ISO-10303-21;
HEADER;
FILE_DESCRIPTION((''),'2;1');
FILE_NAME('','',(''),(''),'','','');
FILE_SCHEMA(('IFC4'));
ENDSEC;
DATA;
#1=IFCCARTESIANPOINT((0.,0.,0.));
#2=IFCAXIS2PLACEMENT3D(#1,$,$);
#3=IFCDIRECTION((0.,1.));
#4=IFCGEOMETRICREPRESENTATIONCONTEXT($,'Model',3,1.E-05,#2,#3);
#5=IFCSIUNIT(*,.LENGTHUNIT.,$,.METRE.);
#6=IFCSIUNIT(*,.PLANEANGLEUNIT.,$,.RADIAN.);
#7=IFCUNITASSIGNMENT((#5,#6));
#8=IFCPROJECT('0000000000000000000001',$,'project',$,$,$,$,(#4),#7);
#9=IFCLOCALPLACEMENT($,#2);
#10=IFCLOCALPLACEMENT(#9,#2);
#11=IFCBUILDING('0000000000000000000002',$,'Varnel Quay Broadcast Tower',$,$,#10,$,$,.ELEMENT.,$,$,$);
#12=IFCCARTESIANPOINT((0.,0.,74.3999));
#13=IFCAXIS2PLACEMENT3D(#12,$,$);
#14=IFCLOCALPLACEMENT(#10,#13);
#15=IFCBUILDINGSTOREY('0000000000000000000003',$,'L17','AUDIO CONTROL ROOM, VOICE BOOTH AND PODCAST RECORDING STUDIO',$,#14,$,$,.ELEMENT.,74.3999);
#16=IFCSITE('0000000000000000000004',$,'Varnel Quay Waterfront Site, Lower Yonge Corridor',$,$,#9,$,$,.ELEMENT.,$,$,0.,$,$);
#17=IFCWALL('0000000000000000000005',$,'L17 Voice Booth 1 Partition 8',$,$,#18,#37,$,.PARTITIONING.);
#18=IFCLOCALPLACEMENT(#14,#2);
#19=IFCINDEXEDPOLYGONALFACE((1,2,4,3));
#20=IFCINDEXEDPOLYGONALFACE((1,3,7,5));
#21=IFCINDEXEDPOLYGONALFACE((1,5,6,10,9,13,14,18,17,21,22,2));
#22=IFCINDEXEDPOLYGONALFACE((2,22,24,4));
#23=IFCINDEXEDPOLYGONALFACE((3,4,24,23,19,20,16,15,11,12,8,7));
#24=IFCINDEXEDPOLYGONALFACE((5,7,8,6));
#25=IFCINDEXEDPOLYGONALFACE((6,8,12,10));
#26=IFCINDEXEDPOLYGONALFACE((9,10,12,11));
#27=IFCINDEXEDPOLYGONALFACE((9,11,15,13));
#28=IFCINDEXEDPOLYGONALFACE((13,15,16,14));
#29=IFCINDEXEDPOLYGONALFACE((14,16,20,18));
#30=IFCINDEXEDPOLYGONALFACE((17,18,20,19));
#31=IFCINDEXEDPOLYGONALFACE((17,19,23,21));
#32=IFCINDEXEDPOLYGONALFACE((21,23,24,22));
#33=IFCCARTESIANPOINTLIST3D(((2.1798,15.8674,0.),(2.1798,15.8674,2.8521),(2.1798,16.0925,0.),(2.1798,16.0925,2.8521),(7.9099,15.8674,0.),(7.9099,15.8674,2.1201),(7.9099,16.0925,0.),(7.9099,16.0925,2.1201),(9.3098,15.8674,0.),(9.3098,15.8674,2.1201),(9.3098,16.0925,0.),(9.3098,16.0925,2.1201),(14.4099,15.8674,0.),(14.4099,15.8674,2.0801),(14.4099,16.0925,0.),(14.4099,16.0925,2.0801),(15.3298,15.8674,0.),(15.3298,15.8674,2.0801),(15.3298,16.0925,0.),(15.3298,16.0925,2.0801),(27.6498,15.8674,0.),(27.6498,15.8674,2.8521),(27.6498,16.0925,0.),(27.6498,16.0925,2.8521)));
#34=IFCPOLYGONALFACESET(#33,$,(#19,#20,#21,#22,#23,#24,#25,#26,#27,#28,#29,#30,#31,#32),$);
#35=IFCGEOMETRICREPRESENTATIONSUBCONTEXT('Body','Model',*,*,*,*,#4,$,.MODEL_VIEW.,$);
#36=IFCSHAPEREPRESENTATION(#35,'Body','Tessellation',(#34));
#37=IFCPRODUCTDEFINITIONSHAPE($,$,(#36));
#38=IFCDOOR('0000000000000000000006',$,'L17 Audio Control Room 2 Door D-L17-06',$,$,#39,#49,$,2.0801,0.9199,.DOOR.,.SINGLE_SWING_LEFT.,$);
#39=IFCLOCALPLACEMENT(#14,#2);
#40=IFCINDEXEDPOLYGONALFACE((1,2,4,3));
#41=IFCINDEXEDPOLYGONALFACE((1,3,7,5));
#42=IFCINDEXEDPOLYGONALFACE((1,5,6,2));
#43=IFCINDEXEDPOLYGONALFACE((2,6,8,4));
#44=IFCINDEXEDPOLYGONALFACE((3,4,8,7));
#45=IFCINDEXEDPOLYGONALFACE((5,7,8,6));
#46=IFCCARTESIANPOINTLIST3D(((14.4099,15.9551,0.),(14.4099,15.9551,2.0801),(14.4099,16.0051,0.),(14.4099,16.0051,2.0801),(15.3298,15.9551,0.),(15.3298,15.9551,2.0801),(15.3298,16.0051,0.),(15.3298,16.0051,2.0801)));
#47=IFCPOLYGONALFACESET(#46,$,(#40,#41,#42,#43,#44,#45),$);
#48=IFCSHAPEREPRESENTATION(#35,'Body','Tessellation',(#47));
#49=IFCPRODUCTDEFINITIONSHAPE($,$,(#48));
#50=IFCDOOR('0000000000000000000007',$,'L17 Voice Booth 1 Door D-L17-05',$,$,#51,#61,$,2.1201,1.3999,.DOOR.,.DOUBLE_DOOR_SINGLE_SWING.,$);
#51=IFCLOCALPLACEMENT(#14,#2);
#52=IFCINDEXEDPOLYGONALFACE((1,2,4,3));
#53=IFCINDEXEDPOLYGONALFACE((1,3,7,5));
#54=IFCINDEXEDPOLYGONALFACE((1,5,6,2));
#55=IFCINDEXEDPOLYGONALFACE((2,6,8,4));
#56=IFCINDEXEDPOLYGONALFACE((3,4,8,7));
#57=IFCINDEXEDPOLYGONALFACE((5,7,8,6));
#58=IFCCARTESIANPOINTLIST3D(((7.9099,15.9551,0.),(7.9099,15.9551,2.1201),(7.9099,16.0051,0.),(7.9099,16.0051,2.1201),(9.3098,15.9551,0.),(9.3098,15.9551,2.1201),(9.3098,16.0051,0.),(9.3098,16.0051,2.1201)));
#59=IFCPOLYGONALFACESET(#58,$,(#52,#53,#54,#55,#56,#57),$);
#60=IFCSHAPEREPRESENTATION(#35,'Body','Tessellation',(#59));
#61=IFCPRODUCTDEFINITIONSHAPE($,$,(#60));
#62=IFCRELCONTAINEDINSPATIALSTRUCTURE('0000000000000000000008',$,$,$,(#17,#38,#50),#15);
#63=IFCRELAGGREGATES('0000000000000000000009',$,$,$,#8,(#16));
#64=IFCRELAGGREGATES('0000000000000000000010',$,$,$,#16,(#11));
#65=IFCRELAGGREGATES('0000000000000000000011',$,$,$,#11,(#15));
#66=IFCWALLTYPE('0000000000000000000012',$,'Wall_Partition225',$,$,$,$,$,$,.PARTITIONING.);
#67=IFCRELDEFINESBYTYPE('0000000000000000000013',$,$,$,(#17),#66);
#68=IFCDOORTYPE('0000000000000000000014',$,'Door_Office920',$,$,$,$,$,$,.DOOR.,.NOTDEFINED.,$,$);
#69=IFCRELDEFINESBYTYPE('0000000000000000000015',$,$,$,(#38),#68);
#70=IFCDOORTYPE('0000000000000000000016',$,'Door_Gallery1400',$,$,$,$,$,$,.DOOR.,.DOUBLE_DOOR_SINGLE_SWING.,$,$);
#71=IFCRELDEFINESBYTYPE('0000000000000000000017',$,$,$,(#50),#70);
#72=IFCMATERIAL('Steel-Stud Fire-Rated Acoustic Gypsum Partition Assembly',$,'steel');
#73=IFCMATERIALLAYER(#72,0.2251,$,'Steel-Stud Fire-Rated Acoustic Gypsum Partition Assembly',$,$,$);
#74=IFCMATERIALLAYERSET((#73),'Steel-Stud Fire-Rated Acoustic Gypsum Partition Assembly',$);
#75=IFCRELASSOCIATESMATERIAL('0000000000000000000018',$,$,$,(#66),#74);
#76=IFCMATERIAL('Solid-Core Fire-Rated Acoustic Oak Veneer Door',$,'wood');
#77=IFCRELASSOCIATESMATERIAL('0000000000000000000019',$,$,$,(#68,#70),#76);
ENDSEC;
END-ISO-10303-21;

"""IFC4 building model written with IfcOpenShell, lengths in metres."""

from ifc_helpers import new_model, si_unit, direction, frame, frame_2d, origin, place, context, subcontext, project, spatial, rectangle, extrude, source, transform, mapped, material, layer, layer_set, type_object, type_shapes, element, fill, save


model = new_model("IFC4")

# Units and contexts
model_context = context("Model", 3, precision=1e-05, world=origin(), true_north=direction((0.0, 1.0)))
body_context = subcontext(model_context, "Body", "Model", "MODEL_VIEW")
ifc_project = project(units=[si_unit("LENGTHUNIT", "METRE"), si_unit("PLANEANGLEUNIT", "RADIAN")], contexts=[model_context])

# Site, building, storey
site_placement = place(None, origin())
site = spatial("IfcSite", under=ifc_project, at=site_placement, Name="Varnel Quay Waterfront Site, Lower Yonge Corridor", CompositionType="ELEMENT", RefElevation=0.0)
building_placement = place(site_placement, origin())
building = spatial("IfcBuilding", under=site, at=building_placement, Name="Varnel Quay Broadcast Tower", CompositionType="ELEMENT")
storey_placement = place(building_placement, frame((0.0, 0.0, 74.3999)))
storey = spatial("IfcBuildingStorey", under=building, at=storey_placement, Name="L17", Description="AUDIO CONTROL ROOM, VOICE BOOTH AND PODCAST RECORDING STUDIO", CompositionType="ELEMENT", Elevation=74.3999)

# Shared definitions
ifc_material_1 = material(Name="Steel-Stud Fire-Rated Acoustic Gypsum Partition Assembly", Category="steel")
ifc_material_2 = material(Name="Solid-Core Fire-Rated Acoustic Oak Veneer Door", Category="wood")

# Wall, openings, doors
ifc_layer_1 = layer(ifc_material_1, 0.2251, Name="Steel-Stud Fire-Rated Acoustic Gypsum Partition Assembly")
ifc_layer_set_1 = layer_set([ifc_layer_1], Name="Steel-Stud Fire-Rated Acoustic Gypsum Partition Assembly")
wall_type_1 = type_object("IfcWallType", Name="Wall_Partition225", PredefinedType="PARTITIONING", material=ifc_layer_set_1)
wall_1_placement = place(storey_placement, frame((2.1799, 15.98, 0.0), z_axis=(0.0, 0.0, 1.0), x_axis=(1.0, 0.0, 0.0)))
wall_1 = element("IfcWall", 1, at=wall_1_placement, inside=storey, type_object=wall_type_1, Name="L17 Voice Booth 1 Partition 8", PredefinedType="PARTITIONING", context=body_context, shape_type="SweptSolid", body=[
    extrude(rectangle(XDim=25.47, YDim=0.2251, at=frame_2d((12.7349, 0.0))), origin(), (0.0, 0.0, 1.0), 2.8521),
])
opening_1_placement = place(wall_1_placement, frame((5.73, 0.0, 0.0)))
opening_1 = element("IfcOpeningElement", 2, at=opening_1_placement, cuts=wall_1, PredefinedType="OPENING", context=body_context, shape_type="SweptSolid", body=[
    extrude(rectangle(XDim=1.3999, YDim=2.1201, at=frame_2d((0.7, 1.0601))), frame((0.0, 0.1226, 0.0), z_axis=(0.0, -1.0, 0.0), x_axis=(1.0, 0.0, 0.0)), (0.0, 0.0, 1.0), 0.2451),
])
opening_2_placement = place(wall_1_placement, frame((12.23, 0.0, 0.0)))
opening_2 = element("IfcOpeningElement", 3, at=opening_2_placement, cuts=wall_1, PredefinedType="OPENING", context=body_context, shape_type="SweptSolid", body=[
    extrude(rectangle(XDim=0.9199, YDim=2.0801, at=frame_2d((0.46, 1.04))), frame((0.0, 0.1226, 0.0), z_axis=(0.0, -1.0, 0.0), x_axis=(1.0, 0.0, 0.0)), (0.0, 0.0, 1.0), 0.2451),
])
door_type_1 = type_object("IfcDoorType", Name="Door_Office920", OperationType="NOTDEFINED", PredefinedType="DOOR", material=ifc_material_2)
shared_shape_1 = source(origin(), body_context, "Body", "SweptSolid", [
    extrude(rectangle(XDim=0.9199, YDim=2.0801, at=frame_2d((0.46, 1.04))), frame((0.0, 0.0249, 0.0), z_axis=(0.0, -1.0, 0.0), x_axis=(1.0, 0.0, 0.0)), (0.0, 0.0, 1.0), 0.05),
])
type_shapes(door_type_1, [shared_shape_1])
door_1_placement = place(opening_2_placement, frame((0.9199, 0.0, 0.0), z_axis=(0.0, 0.0, 1.0), x_axis=(-1.0, 0.0, 0.0)))
door_1 = element("IfcDoor", 4, at=door_1_placement, inside=storey, type_object=door_type_1, Name="L17 Audio Control Room 2 Door D-L17-06", OperationType="SINGLE_SWING_LEFT", OverallHeight=2.0801, OverallWidth=0.9199, PredefinedType="DOOR", context=body_context, shape_type="MappedRepresentation", body=[
    mapped(shared_shape_1, transform((0.0, 0.0, 0.0), x_axis=(1.0, 0.0, 0.0), y_axis=(0.0, 1.0, 0.0), z_axis=(0.0, 0.0, 1.0), scale=1.0)),
])
fill(opening_2, door_1)
door_type_2 = type_object("IfcDoorType", Name="Door_Gallery1400", OperationType="DOUBLE_DOOR_SINGLE_SWING", PredefinedType="DOOR", material=ifc_material_2)
shared_shape_2 = source(origin(), body_context, "Body", "SweptSolid", [
    extrude(rectangle(XDim=1.3999, YDim=2.1201, at=frame_2d((0.7, 1.0601))), frame((0.0, 0.0249, 0.0), z_axis=(0.0, -1.0, 0.0), x_axis=(1.0, 0.0, 0.0)), (0.0, 0.0, 1.0), 0.05),
])
type_shapes(door_type_2, [shared_shape_2])
door_2_placement = place(opening_1_placement, frame((1.3999, 0.0, 0.0), z_axis=(0.0, 0.0, 1.0), x_axis=(-1.0, 0.0, 0.0)))
door_2 = element("IfcDoor", 5, at=door_2_placement, inside=storey, type_object=door_type_2, Name="L17 Voice Booth 1 Door D-L17-05", OperationType="DOUBLE_DOOR_SINGLE_SWING", OverallHeight=2.1201, OverallWidth=1.3999, PredefinedType="DOOR", context=body_context, shape_type="MappedRepresentation", body=[
    mapped(shared_shape_2, transform((0.0, 0.0, 0.0), x_axis=(1.0, 0.0, 0.0), y_axis=(0.0, 1.0, 0.0), z_axis=(0.0, 0.0, 1.0), scale=1.0)),
])
fill(opening_1, door_2)

save(model, "model.ifc")
